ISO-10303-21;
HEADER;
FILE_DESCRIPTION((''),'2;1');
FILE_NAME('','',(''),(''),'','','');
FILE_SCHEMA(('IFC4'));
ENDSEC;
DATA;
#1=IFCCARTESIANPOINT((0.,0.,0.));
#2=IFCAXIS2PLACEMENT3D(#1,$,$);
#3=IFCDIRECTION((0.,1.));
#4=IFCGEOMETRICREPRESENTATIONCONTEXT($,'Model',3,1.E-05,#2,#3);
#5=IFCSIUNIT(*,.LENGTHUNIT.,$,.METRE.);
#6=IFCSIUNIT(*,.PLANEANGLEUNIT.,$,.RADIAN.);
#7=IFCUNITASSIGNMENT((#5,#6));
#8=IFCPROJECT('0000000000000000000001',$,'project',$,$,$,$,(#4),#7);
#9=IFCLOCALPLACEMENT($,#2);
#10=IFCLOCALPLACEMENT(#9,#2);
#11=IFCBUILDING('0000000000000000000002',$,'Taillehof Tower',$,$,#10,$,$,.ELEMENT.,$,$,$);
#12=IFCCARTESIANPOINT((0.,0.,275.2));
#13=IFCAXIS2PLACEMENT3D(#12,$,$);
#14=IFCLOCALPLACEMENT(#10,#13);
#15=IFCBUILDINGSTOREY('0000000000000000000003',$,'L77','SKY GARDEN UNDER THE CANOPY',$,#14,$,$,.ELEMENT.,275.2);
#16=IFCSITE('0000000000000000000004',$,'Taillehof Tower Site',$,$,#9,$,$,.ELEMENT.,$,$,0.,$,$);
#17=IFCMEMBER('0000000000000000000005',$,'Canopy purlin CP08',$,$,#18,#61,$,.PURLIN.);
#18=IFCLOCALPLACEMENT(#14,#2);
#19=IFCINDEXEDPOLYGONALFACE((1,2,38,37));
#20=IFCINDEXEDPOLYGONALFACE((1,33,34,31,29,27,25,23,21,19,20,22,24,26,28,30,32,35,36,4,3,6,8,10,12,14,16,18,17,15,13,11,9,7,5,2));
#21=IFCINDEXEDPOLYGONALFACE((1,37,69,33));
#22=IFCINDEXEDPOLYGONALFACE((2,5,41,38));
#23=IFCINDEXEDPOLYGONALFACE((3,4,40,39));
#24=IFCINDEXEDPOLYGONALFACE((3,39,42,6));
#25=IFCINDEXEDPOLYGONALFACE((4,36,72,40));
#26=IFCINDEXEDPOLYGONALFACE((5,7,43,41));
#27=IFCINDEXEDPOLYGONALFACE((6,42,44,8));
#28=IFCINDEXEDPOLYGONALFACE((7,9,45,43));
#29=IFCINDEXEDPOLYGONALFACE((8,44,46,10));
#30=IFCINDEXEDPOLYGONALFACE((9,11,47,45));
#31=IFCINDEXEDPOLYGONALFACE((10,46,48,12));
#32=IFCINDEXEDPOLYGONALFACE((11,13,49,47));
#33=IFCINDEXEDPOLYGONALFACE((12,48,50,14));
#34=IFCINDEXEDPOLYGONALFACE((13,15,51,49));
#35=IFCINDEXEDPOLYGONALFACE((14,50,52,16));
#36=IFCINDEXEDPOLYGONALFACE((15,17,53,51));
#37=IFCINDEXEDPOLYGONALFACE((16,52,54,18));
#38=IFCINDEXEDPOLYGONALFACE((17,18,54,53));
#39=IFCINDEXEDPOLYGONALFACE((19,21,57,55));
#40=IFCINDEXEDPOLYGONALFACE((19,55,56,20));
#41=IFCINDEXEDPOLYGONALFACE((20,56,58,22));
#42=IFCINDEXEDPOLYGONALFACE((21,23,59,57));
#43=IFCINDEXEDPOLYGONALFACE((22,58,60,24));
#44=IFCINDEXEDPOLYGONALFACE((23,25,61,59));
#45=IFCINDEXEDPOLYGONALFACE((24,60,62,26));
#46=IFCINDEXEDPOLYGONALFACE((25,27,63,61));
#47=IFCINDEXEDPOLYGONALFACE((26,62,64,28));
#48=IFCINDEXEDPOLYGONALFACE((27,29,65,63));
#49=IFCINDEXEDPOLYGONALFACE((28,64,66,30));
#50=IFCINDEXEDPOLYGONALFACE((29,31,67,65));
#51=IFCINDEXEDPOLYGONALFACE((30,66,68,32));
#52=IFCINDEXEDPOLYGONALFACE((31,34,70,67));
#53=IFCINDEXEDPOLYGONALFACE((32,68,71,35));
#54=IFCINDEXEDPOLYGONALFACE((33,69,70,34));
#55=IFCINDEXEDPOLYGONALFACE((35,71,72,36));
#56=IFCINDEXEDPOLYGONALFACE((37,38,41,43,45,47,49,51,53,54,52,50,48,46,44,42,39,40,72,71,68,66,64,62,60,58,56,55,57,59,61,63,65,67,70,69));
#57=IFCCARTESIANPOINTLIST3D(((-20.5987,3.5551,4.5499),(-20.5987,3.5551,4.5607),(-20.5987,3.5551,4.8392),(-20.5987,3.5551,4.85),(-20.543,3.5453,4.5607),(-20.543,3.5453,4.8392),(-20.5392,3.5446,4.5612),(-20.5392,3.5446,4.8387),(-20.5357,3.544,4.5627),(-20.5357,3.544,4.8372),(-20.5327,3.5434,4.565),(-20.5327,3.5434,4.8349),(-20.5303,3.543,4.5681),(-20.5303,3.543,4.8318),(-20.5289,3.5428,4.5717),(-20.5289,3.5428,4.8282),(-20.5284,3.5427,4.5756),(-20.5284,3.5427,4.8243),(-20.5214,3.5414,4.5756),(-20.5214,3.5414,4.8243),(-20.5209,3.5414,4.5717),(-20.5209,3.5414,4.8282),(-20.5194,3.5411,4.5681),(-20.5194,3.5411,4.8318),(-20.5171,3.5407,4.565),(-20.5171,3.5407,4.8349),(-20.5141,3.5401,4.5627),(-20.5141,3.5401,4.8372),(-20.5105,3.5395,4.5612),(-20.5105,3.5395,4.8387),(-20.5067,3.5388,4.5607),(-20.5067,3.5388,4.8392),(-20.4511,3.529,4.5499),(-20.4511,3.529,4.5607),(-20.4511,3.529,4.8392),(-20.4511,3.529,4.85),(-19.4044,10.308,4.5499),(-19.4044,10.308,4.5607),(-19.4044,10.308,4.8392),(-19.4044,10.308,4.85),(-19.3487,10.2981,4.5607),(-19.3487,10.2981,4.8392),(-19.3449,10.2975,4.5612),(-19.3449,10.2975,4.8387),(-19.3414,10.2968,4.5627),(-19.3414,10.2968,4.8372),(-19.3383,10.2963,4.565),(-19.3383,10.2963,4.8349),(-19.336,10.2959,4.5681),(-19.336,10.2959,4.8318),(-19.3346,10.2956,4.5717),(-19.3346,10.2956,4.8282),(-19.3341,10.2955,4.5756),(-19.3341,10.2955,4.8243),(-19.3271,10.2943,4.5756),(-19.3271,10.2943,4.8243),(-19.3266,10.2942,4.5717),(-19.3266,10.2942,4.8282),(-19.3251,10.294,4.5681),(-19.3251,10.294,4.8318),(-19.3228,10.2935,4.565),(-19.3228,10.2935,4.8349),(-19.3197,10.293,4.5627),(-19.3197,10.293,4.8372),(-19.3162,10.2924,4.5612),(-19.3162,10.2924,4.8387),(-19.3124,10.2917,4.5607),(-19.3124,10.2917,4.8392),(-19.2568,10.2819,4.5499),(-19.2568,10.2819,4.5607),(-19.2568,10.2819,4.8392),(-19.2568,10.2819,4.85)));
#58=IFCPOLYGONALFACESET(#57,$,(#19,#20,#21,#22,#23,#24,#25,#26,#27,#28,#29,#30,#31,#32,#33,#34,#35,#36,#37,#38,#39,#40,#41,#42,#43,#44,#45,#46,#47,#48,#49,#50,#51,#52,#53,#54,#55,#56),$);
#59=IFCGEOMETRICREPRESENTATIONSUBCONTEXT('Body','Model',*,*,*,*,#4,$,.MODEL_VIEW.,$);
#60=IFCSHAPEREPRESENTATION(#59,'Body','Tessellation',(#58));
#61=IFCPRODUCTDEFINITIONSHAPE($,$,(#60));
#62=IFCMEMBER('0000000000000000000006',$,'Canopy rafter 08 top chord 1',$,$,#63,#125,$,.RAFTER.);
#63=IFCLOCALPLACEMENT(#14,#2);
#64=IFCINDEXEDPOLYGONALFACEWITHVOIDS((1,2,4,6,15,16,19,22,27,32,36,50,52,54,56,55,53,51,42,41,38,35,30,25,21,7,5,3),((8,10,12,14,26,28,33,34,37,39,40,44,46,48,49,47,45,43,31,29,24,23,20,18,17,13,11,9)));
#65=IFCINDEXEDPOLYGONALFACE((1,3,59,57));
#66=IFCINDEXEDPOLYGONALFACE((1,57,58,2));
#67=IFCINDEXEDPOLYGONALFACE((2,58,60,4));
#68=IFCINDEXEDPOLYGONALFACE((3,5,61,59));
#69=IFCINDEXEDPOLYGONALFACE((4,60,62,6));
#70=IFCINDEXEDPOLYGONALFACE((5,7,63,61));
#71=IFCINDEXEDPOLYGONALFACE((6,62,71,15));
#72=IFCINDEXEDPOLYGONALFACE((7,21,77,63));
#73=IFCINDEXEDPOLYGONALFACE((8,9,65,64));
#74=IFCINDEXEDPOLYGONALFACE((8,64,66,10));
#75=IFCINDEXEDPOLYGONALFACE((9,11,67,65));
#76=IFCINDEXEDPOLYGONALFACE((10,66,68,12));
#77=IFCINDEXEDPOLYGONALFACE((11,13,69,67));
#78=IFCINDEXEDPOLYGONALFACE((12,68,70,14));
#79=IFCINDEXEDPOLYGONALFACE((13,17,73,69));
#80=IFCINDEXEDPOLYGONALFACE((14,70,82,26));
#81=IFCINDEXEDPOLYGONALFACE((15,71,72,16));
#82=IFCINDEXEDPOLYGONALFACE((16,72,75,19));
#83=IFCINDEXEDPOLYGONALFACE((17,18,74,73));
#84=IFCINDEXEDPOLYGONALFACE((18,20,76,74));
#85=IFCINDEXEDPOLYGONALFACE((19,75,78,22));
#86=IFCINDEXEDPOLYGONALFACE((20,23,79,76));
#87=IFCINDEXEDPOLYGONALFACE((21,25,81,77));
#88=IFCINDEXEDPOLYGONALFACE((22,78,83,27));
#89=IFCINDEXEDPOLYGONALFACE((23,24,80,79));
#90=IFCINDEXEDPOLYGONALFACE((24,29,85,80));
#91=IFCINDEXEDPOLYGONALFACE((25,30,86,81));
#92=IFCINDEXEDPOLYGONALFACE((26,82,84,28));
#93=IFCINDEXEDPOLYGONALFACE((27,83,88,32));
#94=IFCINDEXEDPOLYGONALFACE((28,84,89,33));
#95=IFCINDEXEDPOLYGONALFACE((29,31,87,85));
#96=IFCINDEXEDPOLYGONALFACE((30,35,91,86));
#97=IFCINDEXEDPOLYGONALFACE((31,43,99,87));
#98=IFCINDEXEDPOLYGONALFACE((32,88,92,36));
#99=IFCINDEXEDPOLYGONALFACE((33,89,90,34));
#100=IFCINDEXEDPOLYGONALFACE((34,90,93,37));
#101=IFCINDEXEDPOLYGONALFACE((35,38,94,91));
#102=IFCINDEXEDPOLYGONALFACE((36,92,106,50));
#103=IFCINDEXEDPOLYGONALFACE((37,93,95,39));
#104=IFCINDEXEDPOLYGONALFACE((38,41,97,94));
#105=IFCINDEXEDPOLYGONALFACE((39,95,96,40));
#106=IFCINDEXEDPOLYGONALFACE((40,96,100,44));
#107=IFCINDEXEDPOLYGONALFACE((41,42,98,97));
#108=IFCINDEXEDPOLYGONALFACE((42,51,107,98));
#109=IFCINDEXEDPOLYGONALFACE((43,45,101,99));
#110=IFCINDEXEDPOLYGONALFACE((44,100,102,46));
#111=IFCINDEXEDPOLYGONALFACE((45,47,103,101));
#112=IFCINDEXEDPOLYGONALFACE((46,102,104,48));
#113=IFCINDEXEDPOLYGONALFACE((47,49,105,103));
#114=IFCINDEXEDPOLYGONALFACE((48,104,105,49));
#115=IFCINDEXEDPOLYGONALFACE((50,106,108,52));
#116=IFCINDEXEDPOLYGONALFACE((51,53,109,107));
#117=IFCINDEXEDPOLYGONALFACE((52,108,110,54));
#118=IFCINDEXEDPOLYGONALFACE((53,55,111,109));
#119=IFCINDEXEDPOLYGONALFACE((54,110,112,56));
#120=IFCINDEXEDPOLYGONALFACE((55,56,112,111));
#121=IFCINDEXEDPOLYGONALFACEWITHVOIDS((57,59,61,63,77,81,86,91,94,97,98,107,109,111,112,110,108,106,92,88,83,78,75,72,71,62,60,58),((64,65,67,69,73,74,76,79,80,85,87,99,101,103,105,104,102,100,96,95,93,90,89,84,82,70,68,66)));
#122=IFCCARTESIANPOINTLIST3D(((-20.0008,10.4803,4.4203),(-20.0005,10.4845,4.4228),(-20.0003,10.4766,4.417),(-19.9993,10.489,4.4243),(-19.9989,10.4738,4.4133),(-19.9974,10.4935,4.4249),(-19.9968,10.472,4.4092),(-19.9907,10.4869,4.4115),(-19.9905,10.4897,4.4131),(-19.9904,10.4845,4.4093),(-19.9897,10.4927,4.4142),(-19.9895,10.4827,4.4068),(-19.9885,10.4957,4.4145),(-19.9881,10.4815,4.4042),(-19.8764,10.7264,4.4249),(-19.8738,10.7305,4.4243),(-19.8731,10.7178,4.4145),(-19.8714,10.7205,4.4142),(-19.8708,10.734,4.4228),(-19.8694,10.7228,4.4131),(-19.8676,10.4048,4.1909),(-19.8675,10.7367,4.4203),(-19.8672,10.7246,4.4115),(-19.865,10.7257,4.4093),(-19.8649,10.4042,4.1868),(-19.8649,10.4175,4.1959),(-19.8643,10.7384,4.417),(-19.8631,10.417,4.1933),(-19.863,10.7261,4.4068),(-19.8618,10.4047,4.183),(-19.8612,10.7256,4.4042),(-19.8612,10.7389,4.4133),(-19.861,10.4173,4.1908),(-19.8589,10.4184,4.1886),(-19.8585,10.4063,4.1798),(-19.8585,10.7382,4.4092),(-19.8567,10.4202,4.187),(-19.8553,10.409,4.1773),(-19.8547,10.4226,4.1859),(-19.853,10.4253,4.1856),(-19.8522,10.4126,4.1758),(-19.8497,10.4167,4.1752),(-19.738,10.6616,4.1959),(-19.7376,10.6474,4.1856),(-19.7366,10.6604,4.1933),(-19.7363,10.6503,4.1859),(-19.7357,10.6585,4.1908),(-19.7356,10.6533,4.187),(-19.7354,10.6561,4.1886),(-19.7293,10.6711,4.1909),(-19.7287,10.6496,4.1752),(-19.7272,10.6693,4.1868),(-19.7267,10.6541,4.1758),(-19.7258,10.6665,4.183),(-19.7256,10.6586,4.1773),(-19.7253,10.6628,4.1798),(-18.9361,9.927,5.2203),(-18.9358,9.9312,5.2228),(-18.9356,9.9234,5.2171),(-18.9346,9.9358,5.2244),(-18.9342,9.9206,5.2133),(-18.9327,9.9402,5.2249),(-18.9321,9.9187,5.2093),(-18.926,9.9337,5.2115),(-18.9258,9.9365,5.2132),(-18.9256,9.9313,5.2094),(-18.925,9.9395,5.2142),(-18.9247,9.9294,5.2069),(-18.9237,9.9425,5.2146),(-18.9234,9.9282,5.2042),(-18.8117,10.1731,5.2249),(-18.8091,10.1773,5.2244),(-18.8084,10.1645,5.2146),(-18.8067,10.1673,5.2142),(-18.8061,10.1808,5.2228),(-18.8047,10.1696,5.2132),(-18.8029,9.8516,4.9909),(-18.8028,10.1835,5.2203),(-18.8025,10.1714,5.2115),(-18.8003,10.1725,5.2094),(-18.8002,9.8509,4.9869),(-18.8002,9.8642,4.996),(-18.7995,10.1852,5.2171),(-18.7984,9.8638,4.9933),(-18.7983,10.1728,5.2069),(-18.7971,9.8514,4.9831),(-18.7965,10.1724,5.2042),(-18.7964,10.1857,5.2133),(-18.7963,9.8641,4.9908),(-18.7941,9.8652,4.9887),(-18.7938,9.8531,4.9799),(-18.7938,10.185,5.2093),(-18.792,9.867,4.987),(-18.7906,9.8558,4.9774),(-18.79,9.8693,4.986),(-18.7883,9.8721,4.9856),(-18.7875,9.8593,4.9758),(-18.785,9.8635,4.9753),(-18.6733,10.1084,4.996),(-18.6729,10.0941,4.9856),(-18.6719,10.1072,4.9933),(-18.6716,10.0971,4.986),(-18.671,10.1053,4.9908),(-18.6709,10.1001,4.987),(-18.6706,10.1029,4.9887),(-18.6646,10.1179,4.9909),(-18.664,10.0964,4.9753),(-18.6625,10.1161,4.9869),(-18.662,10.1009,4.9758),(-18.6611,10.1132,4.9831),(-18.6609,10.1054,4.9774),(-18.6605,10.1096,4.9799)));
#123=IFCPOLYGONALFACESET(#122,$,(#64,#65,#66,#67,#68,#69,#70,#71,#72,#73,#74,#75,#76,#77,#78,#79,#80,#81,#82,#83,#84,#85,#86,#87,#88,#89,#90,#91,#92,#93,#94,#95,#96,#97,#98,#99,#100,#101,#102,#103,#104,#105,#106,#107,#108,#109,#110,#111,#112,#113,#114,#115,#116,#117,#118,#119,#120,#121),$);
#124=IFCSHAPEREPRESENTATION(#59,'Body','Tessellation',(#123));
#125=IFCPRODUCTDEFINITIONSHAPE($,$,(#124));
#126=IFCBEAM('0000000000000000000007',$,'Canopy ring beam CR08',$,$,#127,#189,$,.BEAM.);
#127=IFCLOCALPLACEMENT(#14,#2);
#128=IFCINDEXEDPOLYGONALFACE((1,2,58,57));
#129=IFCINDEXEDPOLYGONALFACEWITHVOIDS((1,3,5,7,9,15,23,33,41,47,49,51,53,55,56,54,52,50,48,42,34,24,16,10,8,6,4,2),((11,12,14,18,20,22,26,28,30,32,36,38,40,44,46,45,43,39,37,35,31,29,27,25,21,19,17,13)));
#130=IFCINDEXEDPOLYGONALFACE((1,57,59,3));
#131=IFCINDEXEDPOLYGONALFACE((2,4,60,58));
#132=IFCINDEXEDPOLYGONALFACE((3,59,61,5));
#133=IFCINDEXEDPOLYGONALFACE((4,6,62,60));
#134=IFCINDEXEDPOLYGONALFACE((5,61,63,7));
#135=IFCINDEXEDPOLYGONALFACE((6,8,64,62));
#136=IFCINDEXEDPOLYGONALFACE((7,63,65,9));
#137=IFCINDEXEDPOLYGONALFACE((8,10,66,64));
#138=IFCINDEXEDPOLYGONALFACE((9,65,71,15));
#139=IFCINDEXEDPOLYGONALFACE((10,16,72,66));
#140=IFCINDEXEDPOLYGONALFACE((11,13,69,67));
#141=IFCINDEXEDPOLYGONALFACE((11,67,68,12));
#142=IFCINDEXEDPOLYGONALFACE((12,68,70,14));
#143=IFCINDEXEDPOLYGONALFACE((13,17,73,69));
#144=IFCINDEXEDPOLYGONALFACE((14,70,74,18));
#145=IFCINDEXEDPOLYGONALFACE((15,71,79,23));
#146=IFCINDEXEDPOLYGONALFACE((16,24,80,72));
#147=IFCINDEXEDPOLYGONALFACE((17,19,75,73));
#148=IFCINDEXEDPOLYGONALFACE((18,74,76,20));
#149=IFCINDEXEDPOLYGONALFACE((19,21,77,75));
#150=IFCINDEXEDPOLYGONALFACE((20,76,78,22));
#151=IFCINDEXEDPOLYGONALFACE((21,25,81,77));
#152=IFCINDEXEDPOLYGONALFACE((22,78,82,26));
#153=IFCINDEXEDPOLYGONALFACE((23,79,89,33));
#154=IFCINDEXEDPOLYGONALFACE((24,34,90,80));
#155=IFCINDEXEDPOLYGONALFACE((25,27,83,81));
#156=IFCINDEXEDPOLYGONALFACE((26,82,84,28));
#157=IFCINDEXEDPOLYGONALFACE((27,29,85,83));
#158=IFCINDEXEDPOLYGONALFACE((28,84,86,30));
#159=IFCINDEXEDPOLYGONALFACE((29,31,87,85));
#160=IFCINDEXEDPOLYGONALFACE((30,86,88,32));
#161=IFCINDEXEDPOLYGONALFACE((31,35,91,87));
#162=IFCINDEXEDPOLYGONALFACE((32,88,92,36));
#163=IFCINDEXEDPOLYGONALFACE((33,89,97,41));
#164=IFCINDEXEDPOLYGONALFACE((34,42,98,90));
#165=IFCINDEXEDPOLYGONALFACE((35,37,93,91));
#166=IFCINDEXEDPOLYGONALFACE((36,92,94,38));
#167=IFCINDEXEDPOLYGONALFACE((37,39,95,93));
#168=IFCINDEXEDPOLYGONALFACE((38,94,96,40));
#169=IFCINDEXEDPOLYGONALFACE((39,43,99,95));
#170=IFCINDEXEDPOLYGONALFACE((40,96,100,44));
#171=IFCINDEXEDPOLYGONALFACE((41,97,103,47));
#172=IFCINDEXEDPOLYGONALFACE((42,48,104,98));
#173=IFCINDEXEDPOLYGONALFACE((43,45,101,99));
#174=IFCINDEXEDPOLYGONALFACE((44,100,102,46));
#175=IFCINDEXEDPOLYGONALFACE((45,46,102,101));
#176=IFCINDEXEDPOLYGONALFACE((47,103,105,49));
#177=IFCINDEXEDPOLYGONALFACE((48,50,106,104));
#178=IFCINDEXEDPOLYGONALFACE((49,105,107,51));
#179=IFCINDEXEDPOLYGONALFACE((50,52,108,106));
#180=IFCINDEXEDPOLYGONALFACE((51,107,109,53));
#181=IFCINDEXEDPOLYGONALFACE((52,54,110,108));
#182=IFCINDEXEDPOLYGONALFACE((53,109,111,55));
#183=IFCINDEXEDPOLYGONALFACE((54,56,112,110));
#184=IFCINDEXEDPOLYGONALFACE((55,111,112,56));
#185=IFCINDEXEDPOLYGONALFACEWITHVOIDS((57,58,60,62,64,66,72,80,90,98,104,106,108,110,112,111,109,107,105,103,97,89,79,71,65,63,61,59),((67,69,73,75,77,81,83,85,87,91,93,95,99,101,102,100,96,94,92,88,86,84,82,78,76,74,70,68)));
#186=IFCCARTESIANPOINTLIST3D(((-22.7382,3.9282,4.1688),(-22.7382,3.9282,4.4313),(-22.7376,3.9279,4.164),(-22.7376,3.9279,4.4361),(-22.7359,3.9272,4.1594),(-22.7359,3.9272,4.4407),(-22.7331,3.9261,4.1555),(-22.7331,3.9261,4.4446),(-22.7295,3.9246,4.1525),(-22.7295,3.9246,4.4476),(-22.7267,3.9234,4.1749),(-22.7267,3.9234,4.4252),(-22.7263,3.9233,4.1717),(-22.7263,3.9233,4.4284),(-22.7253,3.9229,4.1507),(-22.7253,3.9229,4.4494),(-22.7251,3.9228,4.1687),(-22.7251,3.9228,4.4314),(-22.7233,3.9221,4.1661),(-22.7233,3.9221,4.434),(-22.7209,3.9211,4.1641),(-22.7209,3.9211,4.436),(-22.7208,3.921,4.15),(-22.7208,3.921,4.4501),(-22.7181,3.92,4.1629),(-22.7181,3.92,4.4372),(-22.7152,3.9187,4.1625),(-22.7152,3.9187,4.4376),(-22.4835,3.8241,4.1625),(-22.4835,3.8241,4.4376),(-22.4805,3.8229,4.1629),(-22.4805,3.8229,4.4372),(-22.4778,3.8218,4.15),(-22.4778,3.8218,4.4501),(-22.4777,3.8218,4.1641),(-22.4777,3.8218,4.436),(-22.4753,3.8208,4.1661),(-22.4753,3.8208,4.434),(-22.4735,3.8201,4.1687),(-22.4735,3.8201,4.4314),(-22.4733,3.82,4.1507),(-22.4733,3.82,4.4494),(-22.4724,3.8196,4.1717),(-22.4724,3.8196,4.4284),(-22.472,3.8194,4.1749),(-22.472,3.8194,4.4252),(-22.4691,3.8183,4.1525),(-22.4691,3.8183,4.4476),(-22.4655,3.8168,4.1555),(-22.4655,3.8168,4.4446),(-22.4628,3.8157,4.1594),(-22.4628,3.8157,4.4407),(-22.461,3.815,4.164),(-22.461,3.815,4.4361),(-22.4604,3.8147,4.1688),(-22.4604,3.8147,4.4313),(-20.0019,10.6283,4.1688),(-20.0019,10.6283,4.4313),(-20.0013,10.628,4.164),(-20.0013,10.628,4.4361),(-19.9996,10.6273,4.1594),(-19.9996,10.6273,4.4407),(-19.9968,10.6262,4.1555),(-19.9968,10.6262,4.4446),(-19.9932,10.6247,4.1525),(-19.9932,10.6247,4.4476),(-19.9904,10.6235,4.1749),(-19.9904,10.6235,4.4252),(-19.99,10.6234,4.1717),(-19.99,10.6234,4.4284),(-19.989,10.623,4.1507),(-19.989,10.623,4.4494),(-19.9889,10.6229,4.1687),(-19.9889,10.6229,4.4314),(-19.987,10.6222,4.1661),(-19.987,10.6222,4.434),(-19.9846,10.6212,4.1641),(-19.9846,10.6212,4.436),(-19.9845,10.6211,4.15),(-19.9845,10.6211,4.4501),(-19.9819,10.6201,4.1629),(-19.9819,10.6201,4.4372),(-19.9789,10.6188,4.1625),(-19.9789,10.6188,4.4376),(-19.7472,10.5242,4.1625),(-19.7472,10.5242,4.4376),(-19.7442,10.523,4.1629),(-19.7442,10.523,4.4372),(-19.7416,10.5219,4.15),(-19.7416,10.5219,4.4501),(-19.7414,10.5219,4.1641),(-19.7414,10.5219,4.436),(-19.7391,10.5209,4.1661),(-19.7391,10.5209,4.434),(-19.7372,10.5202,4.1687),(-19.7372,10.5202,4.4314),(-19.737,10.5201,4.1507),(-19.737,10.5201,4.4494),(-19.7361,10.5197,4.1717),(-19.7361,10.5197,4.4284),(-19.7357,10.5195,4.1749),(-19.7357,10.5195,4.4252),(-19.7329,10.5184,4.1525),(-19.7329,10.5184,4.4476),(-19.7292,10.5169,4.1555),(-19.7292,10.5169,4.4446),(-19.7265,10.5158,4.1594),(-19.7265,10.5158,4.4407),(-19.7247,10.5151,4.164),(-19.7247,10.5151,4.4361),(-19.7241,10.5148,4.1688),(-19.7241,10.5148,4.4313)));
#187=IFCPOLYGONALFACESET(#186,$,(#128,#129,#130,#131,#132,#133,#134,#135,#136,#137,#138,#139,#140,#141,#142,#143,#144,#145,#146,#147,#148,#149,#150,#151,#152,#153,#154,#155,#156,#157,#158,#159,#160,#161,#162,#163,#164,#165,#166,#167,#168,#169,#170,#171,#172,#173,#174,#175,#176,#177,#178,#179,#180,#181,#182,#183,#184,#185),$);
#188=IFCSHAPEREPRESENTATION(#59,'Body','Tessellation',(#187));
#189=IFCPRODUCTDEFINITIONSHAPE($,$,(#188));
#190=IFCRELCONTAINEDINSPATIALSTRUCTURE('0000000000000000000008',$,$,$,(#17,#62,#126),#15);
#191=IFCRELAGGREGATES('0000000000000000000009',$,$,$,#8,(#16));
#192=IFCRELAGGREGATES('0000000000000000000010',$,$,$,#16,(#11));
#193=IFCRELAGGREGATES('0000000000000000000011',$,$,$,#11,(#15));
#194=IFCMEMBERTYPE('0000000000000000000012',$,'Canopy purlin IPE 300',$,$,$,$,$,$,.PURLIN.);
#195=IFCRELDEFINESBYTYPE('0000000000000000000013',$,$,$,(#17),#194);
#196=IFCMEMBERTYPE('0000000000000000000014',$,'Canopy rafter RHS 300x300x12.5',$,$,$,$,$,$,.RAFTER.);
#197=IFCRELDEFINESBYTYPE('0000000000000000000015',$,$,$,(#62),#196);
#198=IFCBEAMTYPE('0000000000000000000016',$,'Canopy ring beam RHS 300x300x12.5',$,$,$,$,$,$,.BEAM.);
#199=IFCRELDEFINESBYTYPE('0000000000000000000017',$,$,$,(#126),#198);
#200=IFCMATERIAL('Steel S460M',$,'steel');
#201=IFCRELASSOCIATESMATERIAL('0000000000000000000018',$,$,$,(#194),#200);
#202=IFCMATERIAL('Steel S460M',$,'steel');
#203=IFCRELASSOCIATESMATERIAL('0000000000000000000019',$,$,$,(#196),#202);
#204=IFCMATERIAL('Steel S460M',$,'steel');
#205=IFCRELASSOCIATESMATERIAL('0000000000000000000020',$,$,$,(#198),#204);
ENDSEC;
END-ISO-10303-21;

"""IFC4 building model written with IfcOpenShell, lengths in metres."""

from ifc_helpers import new_model, si_unit, direction, frame, origin, origin_2d, place, context, subcontext, project, spatial, hollow_rectangle, i_section, extrude, material, material_profile, profile_set, type_object, element, save


model = new_model("IFC4")

# Units and contexts
model_context = context("Model", 3, precision=1e-05, world=origin(), true_north=direction((0.0, 1.0)))
body_context = subcontext(model_context, "Body", "Model", "MODEL_VIEW")
ifc_project = project(units=[si_unit("LENGTHUNIT", "METRE"), si_unit("PLANEANGLEUNIT", "RADIAN")], contexts=[model_context])

# Site, building, storey
site_placement = place(None, origin())
site = spatial("IfcSite", under=ifc_project, at=site_placement, Name="Taillehof Tower Site", CompositionType="ELEMENT", RefElevation=0.0)
building_placement = place(site_placement, origin())
building = spatial("IfcBuilding", under=site, at=building_placement, Name="Taillehof Tower", CompositionType="ELEMENT")
storey_placement = place(building_placement, frame((0.0, 0.0, 275.2)))
storey = spatial("IfcBuildingStorey", under=building, at=storey_placement, Name="L77", Description="SKY GARDEN UNDER THE CANOPY", CompositionType="ELEMENT", Elevation=275.2)

# Members
ifc_material_1 = material(Name="Steel S460M", Category="steel")
ifc_material_profile_1 = material_profile(ifc_material_1, i_section(OverallWidth=0.1499, OverallDepth=0.3, WebThickness=0.0071, FlangeThickness=0.0107, FilletRadius=0.0149, at=origin_2d()), Name="IPE 300")
ifc_profile_set_1 = profile_set([ifc_material_profile_1], Name="Steel S460M")
member_type_1 = type_object("IfcMemberType", Name="Canopy purlin IPE 300", PredefinedType="PURLIN", material=ifc_profile_set_1)
member_1_placement = place(storey_placement, frame((-19.3306, 10.2949, 4.7), z_axis=(-0.174159, -0.984718, 0.0), x_axis=(0.984718, -0.174159, 0.0)))
element("IfcMember", 1, at=member_1_placement, inside=storey, type_object=member_type_1, Name="Canopy purlin CP08", PredefinedType="PURLIN", context=body_context, shape_type="SweptSolid", body=[
    extrude(i_section(OverallWidth=0.1499, OverallDepth=0.3, WebThickness=0.0071, FlangeThickness=0.0107, FilletRadius=0.0149, at=origin_2d()), origin(), (0.0, 0.0, 1.0), 6.8577),
])
ifc_material_2 = material(Name="Steel S460M", Category="steel")
ifc_material_profile_2 = material_profile(ifc_material_2, hollow_rectangle(XDim=0.3, YDim=0.3, WallThickness=0.0125, InnerFilletRadius=0.0125, OuterFilletRadius=0.0188, at=origin_2d()), Name="RHS 300x300x12.5")
ifc_profile_set_2 = profile_set([ifc_material_profile_2], Name="Steel S460M")
member_type_2 = type_object("IfcMemberType", Name="Canopy rafter RHS 300x300x12.5", PredefinedType="RAFTER", material=ifc_profile_set_2)
member_2_placement = place(storey_placement, frame((-19.863, 10.5715, 4.3), z_axis=(0.738286, -0.383617, 0.554772), x_axis=(0.461077, 0.88736, 0.0)))
element("IfcMember", 2, at=member_2_placement, inside=storey, type_object=member_type_2, Name="Canopy rafter 08 top chord 1", PredefinedType="RAFTER", context=body_context, shape_type="SweptSolid", body=[
    extrude(hollow_rectangle(XDim=0.3, YDim=0.3, WallThickness=0.0125, InnerFilletRadius=0.0125, OuterFilletRadius=0.0188, at=origin_2d()), origin(), (0.0, 0.0, 1.0), 1.4421),
])

# Beam
ifc_material_3 = material(Name="Steel S460M", Category="steel")
ifc_material_profile_3 = material_profile(ifc_material_3, hollow_rectangle(XDim=0.3, YDim=0.3, WallThickness=0.0125, InnerFilletRadius=0.0125, OuterFilletRadius=0.0188, at=origin_2d()), Name="RHS 300x300x12.5")
ifc_profile_set_3 = profile_set([ifc_material_profile_3], Name="Steel S460M")
beam_type_1 = type_object("IfcBeamType", Name="Canopy ring beam RHS 300x300x12.5", PredefinedType="BEAM", material=ifc_profile_set_3)
beam_1_placement = place(storey_placement, frame((-19.863, 10.5715, 4.3), z_axis=(-0.378081, -0.925772, 0.0), x_axis=(0.925772, -0.378081, 0.0)))
element("IfcBeam", 3, at=beam_1_placement, inside=storey, type_object=beam_type_1, Name="Canopy ring beam CR08", PredefinedType="BEAM", context=body_context, shape_type="SweptSolid", body=[
    extrude(hollow_rectangle(XDim=0.3, YDim=0.3, WallThickness=0.0125, InnerFilletRadius=0.0125, OuterFilletRadius=0.0188, at=origin_2d()), origin(), (0.0, 0.0, 1.0), 7.2373),
])

save(model, "model.ifc")
